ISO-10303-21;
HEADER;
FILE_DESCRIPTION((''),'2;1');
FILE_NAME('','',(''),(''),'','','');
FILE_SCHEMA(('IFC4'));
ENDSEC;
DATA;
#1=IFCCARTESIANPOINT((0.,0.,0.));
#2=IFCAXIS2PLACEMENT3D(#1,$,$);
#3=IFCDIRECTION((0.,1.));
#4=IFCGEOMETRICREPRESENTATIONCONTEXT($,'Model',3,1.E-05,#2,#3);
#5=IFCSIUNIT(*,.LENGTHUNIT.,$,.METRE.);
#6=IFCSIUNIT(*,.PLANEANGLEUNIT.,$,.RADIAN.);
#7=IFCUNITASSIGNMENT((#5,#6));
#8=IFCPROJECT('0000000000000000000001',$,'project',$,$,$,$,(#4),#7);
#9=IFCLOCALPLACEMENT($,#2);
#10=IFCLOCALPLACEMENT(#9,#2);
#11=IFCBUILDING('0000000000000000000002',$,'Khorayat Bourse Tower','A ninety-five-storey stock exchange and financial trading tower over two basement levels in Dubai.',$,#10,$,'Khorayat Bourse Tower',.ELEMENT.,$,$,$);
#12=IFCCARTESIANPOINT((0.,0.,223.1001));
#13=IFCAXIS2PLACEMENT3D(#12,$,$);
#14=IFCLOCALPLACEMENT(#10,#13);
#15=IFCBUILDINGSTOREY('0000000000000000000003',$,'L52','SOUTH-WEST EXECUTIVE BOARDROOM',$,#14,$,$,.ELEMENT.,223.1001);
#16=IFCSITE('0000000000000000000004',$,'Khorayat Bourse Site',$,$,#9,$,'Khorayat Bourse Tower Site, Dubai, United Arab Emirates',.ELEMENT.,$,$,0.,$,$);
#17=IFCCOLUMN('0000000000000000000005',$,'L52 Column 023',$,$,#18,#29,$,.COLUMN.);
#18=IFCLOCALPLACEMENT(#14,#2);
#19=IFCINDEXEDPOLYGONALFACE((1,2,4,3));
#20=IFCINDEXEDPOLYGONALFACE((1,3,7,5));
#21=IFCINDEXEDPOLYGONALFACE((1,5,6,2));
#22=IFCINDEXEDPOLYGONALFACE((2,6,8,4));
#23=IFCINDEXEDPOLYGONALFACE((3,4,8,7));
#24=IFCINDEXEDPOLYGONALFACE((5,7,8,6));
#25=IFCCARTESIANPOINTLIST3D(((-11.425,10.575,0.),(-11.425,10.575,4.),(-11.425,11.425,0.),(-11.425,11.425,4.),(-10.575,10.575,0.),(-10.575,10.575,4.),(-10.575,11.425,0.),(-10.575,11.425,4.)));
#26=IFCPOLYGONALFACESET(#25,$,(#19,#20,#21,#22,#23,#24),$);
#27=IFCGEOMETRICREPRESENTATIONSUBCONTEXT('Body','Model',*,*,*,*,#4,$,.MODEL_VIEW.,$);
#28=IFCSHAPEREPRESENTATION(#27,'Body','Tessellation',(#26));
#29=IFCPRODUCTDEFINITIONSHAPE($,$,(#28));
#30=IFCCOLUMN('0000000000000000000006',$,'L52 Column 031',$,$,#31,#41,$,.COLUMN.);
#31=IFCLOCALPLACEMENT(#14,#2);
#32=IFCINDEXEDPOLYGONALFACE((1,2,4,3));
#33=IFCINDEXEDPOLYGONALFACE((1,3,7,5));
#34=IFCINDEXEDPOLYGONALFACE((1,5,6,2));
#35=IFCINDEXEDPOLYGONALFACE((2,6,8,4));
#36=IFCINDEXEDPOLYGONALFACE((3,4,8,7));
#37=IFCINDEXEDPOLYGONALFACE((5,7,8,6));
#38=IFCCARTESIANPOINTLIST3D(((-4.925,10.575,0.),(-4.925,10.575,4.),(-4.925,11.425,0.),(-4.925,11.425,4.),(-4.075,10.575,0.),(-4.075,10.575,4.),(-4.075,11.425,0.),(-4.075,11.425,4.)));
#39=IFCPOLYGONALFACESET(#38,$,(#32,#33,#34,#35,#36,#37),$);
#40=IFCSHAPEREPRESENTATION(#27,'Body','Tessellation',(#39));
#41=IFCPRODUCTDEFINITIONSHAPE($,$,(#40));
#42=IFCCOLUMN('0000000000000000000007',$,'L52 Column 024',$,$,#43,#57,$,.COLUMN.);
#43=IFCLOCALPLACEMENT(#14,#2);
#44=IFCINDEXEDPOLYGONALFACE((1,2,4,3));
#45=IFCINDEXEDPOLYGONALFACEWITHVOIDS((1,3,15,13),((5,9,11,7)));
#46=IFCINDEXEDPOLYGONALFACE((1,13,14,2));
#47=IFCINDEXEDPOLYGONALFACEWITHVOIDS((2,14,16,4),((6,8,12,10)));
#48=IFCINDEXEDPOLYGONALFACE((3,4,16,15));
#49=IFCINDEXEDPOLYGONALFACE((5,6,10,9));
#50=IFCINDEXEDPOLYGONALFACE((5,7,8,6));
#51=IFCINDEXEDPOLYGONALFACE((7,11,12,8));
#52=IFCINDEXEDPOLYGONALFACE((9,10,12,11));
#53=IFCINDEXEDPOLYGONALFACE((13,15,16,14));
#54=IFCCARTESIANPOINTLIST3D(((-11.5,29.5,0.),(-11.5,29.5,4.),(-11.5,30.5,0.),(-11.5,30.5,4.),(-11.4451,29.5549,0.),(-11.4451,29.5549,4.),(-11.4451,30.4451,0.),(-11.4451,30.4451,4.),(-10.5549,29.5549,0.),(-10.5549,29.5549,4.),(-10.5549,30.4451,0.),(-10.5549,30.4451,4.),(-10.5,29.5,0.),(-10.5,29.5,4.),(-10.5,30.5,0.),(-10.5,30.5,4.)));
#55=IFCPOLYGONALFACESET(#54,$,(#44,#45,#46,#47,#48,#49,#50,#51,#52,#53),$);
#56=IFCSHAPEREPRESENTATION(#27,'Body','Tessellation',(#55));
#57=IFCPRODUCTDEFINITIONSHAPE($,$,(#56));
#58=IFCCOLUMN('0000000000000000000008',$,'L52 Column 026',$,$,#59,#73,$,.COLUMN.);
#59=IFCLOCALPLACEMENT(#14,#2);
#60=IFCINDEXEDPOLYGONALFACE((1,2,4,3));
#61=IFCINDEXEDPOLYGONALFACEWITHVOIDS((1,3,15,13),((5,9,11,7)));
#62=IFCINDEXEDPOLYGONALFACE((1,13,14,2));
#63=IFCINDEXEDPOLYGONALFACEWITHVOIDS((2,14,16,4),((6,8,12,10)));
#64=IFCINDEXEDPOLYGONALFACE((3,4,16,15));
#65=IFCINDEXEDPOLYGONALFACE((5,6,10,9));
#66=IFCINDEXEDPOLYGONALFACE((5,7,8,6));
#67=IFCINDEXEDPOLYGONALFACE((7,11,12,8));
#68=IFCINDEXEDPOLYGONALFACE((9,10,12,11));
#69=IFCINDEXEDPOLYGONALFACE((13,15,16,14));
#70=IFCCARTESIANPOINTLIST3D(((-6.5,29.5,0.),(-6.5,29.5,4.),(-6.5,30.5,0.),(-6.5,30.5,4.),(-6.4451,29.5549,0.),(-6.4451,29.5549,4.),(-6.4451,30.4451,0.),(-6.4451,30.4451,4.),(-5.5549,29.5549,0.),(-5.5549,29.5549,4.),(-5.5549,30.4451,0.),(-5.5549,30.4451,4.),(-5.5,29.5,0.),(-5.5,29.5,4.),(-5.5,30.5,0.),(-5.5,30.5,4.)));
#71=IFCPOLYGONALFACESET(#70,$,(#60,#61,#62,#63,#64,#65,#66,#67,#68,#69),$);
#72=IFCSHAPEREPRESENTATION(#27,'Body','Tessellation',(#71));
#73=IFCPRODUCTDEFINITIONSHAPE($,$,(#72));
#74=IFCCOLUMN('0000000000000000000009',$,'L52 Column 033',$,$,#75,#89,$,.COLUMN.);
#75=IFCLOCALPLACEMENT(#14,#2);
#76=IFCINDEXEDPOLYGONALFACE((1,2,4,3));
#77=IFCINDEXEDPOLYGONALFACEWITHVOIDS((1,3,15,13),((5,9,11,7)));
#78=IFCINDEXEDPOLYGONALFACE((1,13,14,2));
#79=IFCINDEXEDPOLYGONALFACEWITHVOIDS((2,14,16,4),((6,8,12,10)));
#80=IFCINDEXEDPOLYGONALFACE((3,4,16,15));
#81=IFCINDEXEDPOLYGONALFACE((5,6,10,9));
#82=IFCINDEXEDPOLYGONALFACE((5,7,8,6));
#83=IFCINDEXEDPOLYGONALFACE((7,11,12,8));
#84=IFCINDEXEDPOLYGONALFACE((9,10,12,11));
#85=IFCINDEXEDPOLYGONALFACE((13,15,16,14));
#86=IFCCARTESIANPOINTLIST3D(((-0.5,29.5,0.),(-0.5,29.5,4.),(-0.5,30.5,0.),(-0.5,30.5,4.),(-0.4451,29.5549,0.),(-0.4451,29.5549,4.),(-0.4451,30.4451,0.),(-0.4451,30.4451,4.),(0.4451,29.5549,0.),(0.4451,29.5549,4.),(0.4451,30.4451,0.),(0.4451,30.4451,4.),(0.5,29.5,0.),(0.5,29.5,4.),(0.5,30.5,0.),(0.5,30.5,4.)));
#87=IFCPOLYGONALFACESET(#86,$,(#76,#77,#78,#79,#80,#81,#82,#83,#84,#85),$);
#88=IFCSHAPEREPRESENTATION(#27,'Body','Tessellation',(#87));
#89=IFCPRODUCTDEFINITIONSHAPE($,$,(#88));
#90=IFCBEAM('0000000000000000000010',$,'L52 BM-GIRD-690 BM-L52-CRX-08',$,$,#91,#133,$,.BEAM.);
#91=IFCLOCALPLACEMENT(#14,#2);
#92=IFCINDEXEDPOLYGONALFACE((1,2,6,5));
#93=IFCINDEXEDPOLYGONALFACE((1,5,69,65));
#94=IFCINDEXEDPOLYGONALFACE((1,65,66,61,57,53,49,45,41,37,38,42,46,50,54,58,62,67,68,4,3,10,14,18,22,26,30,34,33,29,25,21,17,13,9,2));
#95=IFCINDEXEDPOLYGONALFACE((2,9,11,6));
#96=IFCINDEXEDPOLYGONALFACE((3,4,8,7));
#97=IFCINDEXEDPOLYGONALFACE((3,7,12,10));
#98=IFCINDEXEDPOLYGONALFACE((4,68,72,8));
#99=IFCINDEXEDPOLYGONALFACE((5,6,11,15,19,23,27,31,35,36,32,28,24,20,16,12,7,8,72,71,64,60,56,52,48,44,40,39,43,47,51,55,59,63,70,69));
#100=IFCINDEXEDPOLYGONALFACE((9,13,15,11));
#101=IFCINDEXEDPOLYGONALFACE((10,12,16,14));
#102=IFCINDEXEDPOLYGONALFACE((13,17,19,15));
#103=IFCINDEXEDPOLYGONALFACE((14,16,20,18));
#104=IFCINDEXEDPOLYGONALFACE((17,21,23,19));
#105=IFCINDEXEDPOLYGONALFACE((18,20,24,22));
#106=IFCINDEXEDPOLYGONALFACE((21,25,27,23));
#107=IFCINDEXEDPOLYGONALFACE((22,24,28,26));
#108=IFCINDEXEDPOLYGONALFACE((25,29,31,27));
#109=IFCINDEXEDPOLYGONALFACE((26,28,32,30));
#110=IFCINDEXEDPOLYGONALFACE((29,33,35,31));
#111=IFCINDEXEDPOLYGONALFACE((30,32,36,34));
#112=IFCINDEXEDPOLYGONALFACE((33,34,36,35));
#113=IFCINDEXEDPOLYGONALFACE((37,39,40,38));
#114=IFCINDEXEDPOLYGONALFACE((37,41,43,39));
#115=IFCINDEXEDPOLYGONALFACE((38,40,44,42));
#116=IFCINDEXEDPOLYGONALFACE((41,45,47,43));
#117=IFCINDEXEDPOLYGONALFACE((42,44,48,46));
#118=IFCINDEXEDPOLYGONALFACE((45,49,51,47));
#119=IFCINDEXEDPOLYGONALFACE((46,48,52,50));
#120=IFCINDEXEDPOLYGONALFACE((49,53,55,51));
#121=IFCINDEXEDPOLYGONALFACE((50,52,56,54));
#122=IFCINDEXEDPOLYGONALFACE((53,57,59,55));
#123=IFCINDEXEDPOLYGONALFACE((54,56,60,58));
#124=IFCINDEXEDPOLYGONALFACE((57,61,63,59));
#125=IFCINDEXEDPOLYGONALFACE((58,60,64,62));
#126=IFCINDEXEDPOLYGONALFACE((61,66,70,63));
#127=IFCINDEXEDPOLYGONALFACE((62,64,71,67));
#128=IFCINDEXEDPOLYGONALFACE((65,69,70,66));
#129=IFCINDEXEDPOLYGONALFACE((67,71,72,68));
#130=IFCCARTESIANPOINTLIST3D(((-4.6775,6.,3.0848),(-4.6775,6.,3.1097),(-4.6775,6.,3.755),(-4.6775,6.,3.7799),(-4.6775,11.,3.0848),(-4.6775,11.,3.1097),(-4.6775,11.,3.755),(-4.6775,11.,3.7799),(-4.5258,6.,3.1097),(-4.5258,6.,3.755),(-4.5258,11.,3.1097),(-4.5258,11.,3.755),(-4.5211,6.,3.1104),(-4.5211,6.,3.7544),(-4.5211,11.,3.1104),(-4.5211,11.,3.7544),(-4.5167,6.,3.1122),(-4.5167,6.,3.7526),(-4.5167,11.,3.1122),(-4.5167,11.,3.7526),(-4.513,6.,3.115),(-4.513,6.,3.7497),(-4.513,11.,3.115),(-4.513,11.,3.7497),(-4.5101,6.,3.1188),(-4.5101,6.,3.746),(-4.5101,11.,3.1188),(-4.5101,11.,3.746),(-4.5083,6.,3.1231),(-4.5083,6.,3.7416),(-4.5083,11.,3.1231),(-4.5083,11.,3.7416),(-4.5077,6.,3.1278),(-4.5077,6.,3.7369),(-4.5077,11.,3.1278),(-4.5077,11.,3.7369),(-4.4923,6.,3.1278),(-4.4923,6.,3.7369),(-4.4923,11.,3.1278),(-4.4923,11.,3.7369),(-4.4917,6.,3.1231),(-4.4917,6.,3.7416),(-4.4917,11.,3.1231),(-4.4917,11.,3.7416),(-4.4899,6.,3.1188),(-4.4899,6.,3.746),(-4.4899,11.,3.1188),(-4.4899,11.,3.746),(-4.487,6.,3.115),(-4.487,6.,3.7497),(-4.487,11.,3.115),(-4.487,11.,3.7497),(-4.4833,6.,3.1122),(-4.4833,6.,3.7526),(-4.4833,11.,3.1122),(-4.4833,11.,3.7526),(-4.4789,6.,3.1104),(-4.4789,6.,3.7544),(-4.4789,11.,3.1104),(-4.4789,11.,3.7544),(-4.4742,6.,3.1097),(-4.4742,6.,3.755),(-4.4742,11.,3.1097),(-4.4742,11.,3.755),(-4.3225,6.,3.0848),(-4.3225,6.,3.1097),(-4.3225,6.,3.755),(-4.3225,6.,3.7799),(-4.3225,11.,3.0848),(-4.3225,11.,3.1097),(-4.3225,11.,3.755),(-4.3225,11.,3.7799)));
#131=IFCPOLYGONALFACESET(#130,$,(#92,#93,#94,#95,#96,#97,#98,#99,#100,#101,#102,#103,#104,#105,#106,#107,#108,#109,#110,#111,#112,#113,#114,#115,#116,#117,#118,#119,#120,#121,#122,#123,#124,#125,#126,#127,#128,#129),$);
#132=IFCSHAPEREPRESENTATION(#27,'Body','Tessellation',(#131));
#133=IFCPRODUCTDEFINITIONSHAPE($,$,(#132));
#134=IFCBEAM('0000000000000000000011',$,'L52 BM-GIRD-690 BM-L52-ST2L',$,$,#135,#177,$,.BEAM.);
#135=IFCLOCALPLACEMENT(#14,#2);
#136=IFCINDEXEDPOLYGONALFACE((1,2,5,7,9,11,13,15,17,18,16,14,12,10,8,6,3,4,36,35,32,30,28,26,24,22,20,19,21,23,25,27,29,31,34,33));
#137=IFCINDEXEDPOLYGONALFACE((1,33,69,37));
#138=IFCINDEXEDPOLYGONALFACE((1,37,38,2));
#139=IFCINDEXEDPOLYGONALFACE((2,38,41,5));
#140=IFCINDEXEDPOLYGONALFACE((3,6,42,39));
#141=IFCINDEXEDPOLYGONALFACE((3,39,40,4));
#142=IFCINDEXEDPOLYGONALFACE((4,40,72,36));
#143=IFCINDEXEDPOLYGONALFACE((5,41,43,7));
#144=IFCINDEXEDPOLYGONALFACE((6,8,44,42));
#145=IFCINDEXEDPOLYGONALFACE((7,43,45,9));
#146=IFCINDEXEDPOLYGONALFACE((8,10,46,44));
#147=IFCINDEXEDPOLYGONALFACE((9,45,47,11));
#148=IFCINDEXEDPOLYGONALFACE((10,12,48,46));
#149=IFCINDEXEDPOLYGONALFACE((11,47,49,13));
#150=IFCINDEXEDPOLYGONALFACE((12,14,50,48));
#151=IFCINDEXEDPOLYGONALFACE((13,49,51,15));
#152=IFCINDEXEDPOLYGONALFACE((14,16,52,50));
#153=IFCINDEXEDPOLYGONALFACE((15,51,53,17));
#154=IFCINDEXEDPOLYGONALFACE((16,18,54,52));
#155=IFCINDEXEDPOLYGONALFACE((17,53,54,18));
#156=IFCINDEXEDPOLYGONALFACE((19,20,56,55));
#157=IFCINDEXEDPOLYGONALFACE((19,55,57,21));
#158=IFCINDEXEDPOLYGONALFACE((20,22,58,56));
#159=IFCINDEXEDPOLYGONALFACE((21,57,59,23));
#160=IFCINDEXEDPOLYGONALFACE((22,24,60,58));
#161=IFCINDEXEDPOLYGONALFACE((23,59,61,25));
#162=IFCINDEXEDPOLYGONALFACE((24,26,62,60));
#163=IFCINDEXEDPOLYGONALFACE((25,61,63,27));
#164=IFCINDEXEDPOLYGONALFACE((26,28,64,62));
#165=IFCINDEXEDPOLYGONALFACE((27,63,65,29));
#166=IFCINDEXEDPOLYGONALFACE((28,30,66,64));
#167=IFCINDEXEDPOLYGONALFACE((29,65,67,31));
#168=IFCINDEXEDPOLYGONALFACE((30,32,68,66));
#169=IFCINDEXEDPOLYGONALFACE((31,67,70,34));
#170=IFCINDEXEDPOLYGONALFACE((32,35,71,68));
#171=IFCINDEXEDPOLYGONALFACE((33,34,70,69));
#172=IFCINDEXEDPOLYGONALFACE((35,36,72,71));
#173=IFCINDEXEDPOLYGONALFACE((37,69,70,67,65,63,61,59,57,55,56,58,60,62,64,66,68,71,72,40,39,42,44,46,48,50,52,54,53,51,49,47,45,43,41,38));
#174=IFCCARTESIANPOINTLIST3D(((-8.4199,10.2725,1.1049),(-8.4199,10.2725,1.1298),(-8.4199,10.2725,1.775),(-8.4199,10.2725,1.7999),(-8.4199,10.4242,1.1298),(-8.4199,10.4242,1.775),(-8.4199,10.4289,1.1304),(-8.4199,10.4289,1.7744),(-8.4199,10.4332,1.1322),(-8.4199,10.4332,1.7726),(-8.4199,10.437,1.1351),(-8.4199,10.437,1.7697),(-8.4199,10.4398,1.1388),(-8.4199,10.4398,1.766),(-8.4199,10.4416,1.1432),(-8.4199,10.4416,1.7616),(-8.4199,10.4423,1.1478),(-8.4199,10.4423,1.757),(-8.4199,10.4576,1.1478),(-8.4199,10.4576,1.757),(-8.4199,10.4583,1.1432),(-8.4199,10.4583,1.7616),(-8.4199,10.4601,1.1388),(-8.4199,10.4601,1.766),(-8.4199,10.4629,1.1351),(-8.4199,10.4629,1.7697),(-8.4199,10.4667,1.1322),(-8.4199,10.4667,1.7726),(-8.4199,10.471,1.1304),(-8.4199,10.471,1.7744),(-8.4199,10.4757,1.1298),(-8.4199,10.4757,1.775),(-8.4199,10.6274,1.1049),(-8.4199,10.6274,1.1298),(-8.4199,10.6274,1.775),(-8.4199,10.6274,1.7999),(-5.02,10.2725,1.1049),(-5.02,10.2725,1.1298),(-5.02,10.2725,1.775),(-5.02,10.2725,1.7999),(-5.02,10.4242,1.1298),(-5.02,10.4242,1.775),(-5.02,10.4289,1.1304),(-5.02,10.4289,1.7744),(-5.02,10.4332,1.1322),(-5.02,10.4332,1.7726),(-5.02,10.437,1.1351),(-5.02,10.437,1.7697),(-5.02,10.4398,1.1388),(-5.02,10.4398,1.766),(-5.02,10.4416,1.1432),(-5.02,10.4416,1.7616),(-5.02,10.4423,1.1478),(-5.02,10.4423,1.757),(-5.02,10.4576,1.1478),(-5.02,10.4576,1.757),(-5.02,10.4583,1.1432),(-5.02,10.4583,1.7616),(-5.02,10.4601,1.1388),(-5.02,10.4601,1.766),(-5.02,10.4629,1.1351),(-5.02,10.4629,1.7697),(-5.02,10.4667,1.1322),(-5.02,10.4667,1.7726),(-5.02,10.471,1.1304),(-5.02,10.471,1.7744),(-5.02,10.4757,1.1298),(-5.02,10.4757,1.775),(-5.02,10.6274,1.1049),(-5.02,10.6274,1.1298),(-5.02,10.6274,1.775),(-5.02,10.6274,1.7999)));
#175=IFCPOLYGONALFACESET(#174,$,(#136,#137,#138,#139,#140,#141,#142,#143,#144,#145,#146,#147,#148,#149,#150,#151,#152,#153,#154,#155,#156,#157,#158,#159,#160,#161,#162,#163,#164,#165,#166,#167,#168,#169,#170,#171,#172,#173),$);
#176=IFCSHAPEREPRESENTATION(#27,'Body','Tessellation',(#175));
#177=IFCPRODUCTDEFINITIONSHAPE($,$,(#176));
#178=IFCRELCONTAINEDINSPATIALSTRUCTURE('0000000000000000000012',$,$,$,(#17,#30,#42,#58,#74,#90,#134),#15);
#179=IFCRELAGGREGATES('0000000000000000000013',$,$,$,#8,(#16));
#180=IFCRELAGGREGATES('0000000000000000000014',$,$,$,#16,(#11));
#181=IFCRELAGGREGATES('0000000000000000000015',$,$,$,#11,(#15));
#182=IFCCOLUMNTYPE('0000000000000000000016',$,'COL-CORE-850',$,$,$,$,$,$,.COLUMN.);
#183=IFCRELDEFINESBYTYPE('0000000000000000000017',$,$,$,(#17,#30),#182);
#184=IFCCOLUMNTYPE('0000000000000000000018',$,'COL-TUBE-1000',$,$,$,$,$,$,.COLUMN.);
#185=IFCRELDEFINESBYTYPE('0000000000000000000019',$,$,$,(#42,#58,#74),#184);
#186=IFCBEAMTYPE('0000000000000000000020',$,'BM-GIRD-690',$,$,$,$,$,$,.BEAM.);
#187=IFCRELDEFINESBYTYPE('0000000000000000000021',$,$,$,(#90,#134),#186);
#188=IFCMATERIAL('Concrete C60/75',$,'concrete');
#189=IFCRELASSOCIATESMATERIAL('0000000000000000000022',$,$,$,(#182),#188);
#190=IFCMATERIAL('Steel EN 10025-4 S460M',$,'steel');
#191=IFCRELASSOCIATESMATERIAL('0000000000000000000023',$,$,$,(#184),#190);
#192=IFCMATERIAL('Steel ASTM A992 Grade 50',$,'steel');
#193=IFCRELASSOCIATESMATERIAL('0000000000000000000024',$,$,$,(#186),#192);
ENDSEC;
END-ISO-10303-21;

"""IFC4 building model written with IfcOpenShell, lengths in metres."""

from ifc_helpers import new_model, si_unit, direction, frame, origin, origin_2d, place, context, subcontext, project, spatial, rectangle, hollow_rectangle, i_section, extrude, source, transform, mapped, material, material_profile, profile_set, type_object, element, save


model = new_model("IFC4")

# Units and contexts
model_context = context("Model", 3, precision=1e-05, world=origin(), true_north=direction((0.0, 1.0)))
body_context = subcontext(model_context, "Body", "Model", "MODEL_VIEW")
ifc_project = project(units=[si_unit("LENGTHUNIT", "METRE"), si_unit("PLANEANGLEUNIT", "RADIAN")], contexts=[model_context])

# Site, building, storey
site_placement = place(None, origin())
site = spatial("IfcSite", under=ifc_project, at=site_placement, Name="Khorayat Bourse Site", LongName="Khorayat Bourse Tower Site, Dubai, United Arab Emirates", CompositionType="ELEMENT", RefElevation=0.0)
building_placement = place(site_placement, origin())
building = spatial("IfcBuilding", under=site, at=building_placement, Name="Khorayat Bourse Tower", Description="A ninety-five-storey stock exchange and financial trading tower over two basement levels in Dubai.", LongName="Khorayat Bourse Tower", CompositionType="ELEMENT")
storey_placement = place(building_placement, frame((0.0, 0.0, 223.1001)))
storey = spatial("IfcBuildingStorey", under=building, at=storey_placement, Name="L52", Description="SOUTH-WEST EXECUTIVE BOARDROOM", CompositionType="ELEMENT", Elevation=223.1001)

# Columns
ifc_material_1 = material(Name="Concrete C60/75", Category="concrete")
ifc_material_profile_1 = material_profile(ifc_material_1, rectangle(XDim=0.8501, YDim=0.8501, at=origin_2d()), Name="RC 850x850")
ifc_profile_set_1 = profile_set([ifc_material_profile_1], Name="Concrete C60/75")
column_type_1 = type_object("IfcColumnType", Name="COL-CORE-850", PredefinedType="COLUMN", material=ifc_profile_set_1)
shared_shape_1 = source(origin(), body_context, "Body", "SweptSolid", [
    extrude(rectangle(XDim=0.8501, YDim=0.8501, at=origin_2d()), origin(), (0.0, 0.0, 1.0), 4.0),
])
for number, where, z_axis, x_axis, name in (
    (1, (-11.0, 11.0, 0.0), (0.0, 0.0, 1.0), (1.0, 0.0, 0.0), "L52 Column 023"),
    (2, (-4.5, 11.0, 0.0), (0.0, 0.0, 1.0), (1.0, 0.0, 0.0), "L52 Column 031"),
):
    element("IfcColumn", number, at=place(storey_placement, frame(where, z_axis=z_axis, x_axis=x_axis)), inside=storey, type_object=column_type_1, Name=name, PredefinedType="COLUMN", context=body_context, shape_type="MappedRepresentation", body=[
        mapped(shared_shape_1, transform((0.0, 0.0, 0.0), scale=1.0)),
    ])
ifc_material_2 = material(Name="Steel EN 10025-4 S460M", Category="steel")
ifc_material_profile_2 = material_profile(ifc_material_2, hollow_rectangle(XDim=1.0, YDim=1.0, WallThickness=0.0549, at=origin_2d()), Name="BOX 1000x1000x55")
ifc_profile_set_2 = profile_set([ifc_material_profile_2], Name="Steel EN 10025-4 S460M")
column_type_2 = type_object("IfcColumnType", Name="COL-TUBE-1000", PredefinedType="COLUMN", material=ifc_profile_set_2)
shared_shape_2 = source(origin(), body_context, "Body", "SweptSolid", [
    extrude(hollow_rectangle(XDim=1.0, YDim=1.0, WallThickness=0.0549, at=origin_2d()), origin(), (0.0, 0.0, 1.0), 4.0),
])
for number, where, z_axis, x_axis, name in (
    (3, (-11.0, 30.0, 0.0), (0.0, 0.0, 1.0), (1.0, 0.0, 0.0), "L52 Column 024"),
    (4, (-6.0, 30.0, 0.0), (0.0, 0.0, 1.0), (1.0, 0.0, 0.0), "L52 Column 026"),
    (5, (0.0, 30.0, 0.0), (0.0, 0.0, 1.0), (1.0, 0.0, 0.0), "L52 Column 033"),
):
    element("IfcColumn", number, at=place(storey_placement, frame(where, z_axis=z_axis, x_axis=x_axis)), inside=storey, type_object=column_type_2, Name=name, PredefinedType="COLUMN", context=body_context, shape_type="MappedRepresentation", body=[
        mapped(shared_shape_2, transform((0.0, 0.0, 0.0), scale=1.0)),
    ])

# Beams
ifc_material_3 = material(Name="Steel ASTM A992 Grade 50", Category="steel")
ifc_material_profile_3 = material_profile(ifc_material_3, i_section(OverallWidth=0.355, OverallDepth=0.6951, WebThickness=0.0154, FlangeThickness=0.0249, FilletRadius=0.0181, at=origin_2d()), Name="W690X217")
ifc_profile_set_3 = profile_set([ifc_material_profile_3], Name="Steel ASTM A992 Grade 50")
beam_type_1 = type_object("IfcBeamType", Name="BM-GIRD-690", PredefinedType="BEAM", material=ifc_profile_set_3)
shared_shape_3 = source(origin(), body_context, "Body", "SweptSolid", [
    extrude(i_section(OverallWidth=0.355, OverallDepth=0.6951, WebThickness=0.0154, FlangeThickness=0.0249, FilletRadius=0.0181, at=origin_2d()), origin(), (0.0, 0.0, 1.0), 5.0),
])
beam_1_placement = place(storey_placement, frame((-4.5, 6.0, 3.4324), z_axis=(0.0, 1.0, 0.0), x_axis=(-1.0, 0.0, 0.0)))
element("IfcBeam", 6, at=beam_1_placement, inside=storey, type_object=beam_type_1, Name="L52 BM-GIRD-690 BM-L52-CRX-08", PredefinedType="BEAM", context=body_context, shape_type="MappedRepresentation", body=[
    mapped(shared_shape_3, transform((0.0, 0.0, 0.0), scale=1.0)),
])
shared_shape_4 = source(origin(), body_context, "Body", "SweptSolid", [
    extrude(i_section(OverallWidth=0.355, OverallDepth=0.6951, WebThickness=0.0154, FlangeThickness=0.0249, FilletRadius=0.0181, at=origin_2d()), origin(), (0.0, 0.0, 1.0), 3.3999),
])
beam_2_placement = place(storey_placement, frame((-8.4199, 10.45, 1.4524), z_axis=(1.0, 0.0, 0.0), x_axis=(0.0, 1.0, 0.0)))
element("IfcBeam", 7, at=beam_2_placement, inside=storey, type_object=beam_type_1, Name="L52 BM-GIRD-690 BM-L52-ST2L", PredefinedType="BEAM", context=body_context, shape_type="MappedRepresentation", body=[
    mapped(shared_shape_4, transform((0.0, 0.0, 0.0), scale=1.0)),
])

save(model, "model.ifc")
